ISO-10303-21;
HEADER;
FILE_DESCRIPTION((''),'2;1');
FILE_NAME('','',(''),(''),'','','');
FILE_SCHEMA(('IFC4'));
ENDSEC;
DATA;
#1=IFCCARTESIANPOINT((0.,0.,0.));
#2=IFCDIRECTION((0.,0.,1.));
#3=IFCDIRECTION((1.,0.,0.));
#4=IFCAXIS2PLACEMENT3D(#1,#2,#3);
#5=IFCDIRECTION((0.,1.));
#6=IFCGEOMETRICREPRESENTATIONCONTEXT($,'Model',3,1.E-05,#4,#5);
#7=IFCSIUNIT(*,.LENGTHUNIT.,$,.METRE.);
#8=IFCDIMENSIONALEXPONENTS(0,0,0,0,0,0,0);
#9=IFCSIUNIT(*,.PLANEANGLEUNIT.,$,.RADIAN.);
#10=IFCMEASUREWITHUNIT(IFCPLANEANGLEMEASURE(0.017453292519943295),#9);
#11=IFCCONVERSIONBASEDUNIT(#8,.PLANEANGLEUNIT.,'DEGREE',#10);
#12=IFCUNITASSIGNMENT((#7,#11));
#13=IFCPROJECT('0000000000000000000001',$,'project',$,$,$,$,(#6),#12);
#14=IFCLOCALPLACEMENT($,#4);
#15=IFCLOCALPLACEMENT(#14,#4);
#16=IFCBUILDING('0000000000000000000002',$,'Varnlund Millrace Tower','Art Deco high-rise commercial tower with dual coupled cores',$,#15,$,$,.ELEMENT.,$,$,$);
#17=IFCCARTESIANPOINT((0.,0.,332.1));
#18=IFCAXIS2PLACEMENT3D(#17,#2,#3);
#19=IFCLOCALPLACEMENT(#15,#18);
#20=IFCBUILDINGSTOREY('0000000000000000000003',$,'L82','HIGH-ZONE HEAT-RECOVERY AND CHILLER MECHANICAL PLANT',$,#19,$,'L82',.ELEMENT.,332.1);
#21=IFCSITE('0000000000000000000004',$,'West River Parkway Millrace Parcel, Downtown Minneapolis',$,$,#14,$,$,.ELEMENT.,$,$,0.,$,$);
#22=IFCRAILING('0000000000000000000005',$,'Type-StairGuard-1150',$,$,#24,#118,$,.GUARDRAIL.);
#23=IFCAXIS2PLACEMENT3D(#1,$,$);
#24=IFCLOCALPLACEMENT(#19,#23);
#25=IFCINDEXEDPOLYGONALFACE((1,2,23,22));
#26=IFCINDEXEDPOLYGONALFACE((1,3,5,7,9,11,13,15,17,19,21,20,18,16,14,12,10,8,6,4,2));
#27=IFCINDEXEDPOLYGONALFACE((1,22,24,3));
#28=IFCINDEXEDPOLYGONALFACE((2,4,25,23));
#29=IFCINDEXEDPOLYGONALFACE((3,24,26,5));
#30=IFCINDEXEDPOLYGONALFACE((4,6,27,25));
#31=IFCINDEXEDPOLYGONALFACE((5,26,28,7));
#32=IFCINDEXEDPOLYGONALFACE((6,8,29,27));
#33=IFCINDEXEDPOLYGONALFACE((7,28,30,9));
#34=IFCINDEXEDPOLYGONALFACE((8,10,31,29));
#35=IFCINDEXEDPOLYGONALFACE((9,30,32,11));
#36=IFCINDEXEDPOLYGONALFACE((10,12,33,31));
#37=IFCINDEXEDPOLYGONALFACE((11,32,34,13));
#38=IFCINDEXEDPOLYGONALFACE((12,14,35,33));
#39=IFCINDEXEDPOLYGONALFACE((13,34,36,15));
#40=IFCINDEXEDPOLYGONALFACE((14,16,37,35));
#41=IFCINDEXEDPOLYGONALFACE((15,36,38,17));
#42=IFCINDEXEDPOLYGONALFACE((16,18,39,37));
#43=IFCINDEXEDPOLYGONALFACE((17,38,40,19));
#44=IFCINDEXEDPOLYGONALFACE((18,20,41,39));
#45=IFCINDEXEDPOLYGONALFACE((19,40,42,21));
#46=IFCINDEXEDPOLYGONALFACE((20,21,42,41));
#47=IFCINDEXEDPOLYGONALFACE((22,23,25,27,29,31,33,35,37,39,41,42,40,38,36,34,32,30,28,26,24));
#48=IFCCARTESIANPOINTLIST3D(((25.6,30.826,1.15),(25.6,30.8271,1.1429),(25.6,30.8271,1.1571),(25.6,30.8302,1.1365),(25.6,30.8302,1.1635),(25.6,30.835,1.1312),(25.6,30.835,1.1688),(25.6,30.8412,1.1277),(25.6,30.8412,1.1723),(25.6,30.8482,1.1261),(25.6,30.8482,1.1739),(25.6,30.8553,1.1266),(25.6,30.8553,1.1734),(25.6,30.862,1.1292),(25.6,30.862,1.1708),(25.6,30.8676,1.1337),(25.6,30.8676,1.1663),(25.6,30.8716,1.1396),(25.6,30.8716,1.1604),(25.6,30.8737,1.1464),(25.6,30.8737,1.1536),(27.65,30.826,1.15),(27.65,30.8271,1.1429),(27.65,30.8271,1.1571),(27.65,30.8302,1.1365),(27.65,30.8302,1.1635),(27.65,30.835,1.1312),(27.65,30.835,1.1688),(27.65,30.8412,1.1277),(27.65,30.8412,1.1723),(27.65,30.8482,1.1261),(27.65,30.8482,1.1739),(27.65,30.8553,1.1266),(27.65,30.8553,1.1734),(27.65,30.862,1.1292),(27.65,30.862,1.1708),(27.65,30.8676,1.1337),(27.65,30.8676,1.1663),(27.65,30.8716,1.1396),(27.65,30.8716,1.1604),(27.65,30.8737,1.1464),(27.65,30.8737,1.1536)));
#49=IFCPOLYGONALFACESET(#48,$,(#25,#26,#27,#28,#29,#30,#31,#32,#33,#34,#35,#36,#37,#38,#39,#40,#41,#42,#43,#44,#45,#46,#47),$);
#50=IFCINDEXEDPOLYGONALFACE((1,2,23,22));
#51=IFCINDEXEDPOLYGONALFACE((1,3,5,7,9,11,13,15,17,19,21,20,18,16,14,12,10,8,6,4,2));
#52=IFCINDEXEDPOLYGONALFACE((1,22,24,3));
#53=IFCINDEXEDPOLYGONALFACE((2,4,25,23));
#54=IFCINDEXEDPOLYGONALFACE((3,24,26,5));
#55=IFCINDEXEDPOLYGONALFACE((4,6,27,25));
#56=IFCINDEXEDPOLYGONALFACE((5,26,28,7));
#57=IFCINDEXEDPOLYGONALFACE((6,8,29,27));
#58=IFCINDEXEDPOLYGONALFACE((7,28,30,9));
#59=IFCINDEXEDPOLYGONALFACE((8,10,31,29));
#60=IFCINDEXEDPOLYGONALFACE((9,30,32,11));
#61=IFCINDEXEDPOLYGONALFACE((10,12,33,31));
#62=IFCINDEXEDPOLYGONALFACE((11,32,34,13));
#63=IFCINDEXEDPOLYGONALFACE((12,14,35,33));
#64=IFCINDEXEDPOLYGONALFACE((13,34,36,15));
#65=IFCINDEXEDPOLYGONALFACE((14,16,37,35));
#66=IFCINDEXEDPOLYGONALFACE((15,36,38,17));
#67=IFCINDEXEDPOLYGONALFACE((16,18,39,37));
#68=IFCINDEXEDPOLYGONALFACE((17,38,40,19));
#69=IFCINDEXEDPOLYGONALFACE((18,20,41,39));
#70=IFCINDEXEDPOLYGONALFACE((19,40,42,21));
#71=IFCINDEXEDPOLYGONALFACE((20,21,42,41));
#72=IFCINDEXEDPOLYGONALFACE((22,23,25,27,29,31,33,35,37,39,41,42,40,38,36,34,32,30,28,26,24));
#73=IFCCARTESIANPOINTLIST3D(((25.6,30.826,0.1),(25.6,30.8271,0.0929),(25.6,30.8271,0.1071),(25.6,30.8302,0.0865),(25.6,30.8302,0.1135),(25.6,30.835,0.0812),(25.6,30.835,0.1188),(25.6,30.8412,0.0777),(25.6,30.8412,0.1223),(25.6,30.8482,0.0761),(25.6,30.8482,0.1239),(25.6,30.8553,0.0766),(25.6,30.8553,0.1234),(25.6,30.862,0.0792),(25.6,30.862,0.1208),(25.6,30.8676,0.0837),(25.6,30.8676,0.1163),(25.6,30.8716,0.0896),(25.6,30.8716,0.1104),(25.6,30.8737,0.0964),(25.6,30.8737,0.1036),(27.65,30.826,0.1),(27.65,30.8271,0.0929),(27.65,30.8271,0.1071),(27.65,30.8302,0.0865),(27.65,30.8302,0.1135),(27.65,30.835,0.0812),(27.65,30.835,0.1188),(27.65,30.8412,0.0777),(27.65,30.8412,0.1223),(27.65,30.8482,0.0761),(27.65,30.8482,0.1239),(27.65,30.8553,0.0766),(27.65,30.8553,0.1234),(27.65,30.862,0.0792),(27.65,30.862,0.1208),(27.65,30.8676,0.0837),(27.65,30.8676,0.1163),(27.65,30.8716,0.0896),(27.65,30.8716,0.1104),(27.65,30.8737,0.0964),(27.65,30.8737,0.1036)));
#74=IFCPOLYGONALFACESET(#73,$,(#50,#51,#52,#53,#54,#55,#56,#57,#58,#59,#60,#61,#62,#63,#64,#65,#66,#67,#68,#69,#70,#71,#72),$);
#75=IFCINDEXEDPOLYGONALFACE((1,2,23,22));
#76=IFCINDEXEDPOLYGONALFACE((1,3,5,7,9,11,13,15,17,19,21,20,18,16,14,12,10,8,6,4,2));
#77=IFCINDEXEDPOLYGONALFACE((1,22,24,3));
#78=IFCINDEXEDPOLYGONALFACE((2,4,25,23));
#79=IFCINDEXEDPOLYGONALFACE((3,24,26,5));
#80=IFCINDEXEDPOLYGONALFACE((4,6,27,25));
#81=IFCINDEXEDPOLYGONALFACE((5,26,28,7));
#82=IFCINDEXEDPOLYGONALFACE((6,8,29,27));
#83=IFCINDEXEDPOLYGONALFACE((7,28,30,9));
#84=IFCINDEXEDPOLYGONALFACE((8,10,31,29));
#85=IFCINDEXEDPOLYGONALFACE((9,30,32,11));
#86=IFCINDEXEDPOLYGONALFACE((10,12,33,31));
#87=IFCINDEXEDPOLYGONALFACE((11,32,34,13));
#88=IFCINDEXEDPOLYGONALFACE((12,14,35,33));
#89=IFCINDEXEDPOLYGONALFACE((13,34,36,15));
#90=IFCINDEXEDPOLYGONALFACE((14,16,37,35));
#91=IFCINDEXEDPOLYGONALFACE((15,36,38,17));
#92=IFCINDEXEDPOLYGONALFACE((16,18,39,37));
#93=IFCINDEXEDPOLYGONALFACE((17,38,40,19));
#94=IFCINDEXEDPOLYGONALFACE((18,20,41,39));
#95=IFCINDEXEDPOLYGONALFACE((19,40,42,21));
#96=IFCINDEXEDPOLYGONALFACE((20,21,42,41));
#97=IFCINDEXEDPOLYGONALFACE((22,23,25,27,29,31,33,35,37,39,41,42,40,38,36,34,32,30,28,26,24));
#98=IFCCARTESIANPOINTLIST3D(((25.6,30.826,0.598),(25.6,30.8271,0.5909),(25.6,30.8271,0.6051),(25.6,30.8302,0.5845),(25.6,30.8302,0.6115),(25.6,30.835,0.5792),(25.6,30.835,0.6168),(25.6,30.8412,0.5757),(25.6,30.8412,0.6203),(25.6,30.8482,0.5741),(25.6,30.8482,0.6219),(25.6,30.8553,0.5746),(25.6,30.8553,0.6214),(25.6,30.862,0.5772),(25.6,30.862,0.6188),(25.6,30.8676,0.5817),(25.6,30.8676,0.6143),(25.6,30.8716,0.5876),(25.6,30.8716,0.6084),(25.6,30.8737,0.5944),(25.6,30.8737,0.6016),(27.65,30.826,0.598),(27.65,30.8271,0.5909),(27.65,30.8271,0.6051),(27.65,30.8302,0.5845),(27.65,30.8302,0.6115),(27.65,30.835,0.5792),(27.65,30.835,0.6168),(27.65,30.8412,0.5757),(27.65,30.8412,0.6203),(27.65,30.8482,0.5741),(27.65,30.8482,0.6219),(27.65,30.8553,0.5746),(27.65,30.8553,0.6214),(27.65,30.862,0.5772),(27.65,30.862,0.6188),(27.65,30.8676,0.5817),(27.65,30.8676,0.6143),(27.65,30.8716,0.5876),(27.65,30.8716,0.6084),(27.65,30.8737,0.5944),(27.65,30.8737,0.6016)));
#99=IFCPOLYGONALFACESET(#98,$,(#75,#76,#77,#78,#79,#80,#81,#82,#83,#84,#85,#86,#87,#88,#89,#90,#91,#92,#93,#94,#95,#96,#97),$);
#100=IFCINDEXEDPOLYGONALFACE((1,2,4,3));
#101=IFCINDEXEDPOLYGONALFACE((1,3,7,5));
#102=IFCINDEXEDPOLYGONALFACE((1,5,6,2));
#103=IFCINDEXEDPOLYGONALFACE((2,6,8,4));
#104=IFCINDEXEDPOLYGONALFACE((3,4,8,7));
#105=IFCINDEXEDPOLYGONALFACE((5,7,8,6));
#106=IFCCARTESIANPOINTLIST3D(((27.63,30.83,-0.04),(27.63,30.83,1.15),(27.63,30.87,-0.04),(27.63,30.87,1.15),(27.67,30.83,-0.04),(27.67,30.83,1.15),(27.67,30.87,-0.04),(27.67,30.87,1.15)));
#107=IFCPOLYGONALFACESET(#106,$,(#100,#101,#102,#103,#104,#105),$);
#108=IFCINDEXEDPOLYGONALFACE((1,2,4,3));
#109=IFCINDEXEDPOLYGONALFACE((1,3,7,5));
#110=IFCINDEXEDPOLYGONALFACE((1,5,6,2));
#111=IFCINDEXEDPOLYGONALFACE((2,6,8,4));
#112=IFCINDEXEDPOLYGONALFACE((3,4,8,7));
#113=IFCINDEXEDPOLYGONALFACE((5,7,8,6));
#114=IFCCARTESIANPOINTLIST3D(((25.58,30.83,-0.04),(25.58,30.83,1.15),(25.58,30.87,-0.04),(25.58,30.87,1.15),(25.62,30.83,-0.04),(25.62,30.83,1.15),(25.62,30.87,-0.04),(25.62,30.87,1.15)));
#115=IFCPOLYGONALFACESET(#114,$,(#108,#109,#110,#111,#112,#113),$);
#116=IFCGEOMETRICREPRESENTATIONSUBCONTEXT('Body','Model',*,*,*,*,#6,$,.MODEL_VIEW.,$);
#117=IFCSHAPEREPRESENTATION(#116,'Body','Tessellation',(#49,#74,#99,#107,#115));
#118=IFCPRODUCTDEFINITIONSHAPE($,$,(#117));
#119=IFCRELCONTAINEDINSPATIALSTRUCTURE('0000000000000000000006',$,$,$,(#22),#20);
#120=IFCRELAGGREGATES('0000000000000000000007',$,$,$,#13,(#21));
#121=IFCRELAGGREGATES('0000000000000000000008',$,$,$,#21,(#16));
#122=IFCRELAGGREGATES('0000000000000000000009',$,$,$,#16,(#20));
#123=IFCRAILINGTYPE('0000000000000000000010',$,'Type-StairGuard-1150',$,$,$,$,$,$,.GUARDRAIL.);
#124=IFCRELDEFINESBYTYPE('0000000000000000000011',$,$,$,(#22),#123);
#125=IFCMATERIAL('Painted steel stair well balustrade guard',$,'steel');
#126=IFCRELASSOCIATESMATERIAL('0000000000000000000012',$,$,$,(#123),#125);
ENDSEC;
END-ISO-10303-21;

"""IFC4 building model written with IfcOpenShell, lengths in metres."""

from ifc_helpers import new_model, entity, si_unit, converted_unit, direction, frame, origin_with_axes, origin_2d_with_axis, place, context, subcontext, project, spatial, rectangle, circle, extrude, material, type_object, element, save


model = new_model("IFC4")

# Units and contexts
model_context = context("Model", 3, precision=1e-05, world=origin_with_axes(), true_north=direction((0.0, 1.0)))
body_context = subcontext(model_context, "Body", "Model", "MODEL_VIEW")
ifc_project = project(units=[si_unit("LENGTHUNIT", "METRE"), converted_unit("PLANEANGLEUNIT", "DEGREE", entity("IfcPlaneAngleMeasure", 0.017453292519943295), si_unit("PLANEANGLEUNIT", "RADIAN"), dimensions=[0, 0, 0, 0, 0, 0, 0])], contexts=[model_context])

# Site, building, storey
site_placement = place(None, origin_with_axes())
site = spatial("IfcSite", under=ifc_project, at=site_placement, Name="West River Parkway Millrace Parcel, Downtown Minneapolis", CompositionType="ELEMENT", RefElevation=0.0)
building_placement = place(site_placement, origin_with_axes())
building = spatial("IfcBuilding", under=site, at=building_placement, Name="Varnlund Millrace Tower", Description="Art Deco high-rise commercial tower with dual coupled cores", CompositionType="ELEMENT")
storey_placement = place(building_placement, frame((0.0, 0.0, 332.1), z_axis=(0.0, 0.0, 1.0), x_axis=(1.0, 0.0, 0.0)))
storey = spatial("IfcBuildingStorey", under=building, at=storey_placement, Name="L82", Description="HIGH-ZONE HEAT-RECOVERY AND CHILLER MECHANICAL PLANT", LongName="L82", CompositionType="ELEMENT", Elevation=332.1)

# Railing
ifc_material_1 = material(Name="Painted steel stair well balustrade guard", Category="steel")
railing_type = type_object("IfcRailingType", Name="Type-StairGuard-1150", PredefinedType="GUARDRAIL", material=ifc_material_1)
railing_1_placement = place(storey_placement, frame((0.0, 0.0, -332.1), z_axis=(0.0, 0.0, 1.0), x_axis=(1.0, 0.0, 0.0)))
element("IfcRailing", 1, at=railing_1_placement, inside=storey, type_object=railing_type, Name="Type-StairGuard-1150", PredefinedType="GUARDRAIL", context=body_context, shape_type="SweptSolid", body=[
    extrude(circle(Radius=0.024, at=origin_2d_with_axis()), frame((27.65, 30.85, 333.25), z_axis=(-1.0, 0.0, 0.0), x_axis=(0.0, -1.0, 0.0)), (0.0, 0.0, 1.0), 2.05),
    extrude(circle(Radius=0.024, at=origin_2d_with_axis()), frame((27.65, 30.85, 332.2), z_axis=(-1.0, 0.0, 0.0), x_axis=(0.0, -1.0, 0.0)), (0.0, 0.0, 1.0), 2.05),
    extrude(circle(Radius=0.024, at=origin_2d_with_axis()), frame((27.65, 30.85, 332.698), z_axis=(-1.0, 0.0, 0.0), x_axis=(0.0, -1.0, 0.0)), (0.0, 0.0, 1.0), 2.05),
    extrude(rectangle(XDim=0.04, YDim=0.04, at=origin_2d_with_axis()), frame((27.65, 30.85, 332.06), z_axis=(0.0, 0.0, 1.0), x_axis=(1.0, 0.0, 0.0)), (0.0, 0.0, 1.0), 1.19),
    extrude(rectangle(XDim=0.04, YDim=0.04, at=origin_2d_with_axis()), frame((25.6, 30.85, 332.06), z_axis=(0.0, 0.0, 1.0), x_axis=(1.0, 0.0, 0.0)), (0.0, 0.0, 1.0), 1.19),
])

save(model, "model.ifc")
